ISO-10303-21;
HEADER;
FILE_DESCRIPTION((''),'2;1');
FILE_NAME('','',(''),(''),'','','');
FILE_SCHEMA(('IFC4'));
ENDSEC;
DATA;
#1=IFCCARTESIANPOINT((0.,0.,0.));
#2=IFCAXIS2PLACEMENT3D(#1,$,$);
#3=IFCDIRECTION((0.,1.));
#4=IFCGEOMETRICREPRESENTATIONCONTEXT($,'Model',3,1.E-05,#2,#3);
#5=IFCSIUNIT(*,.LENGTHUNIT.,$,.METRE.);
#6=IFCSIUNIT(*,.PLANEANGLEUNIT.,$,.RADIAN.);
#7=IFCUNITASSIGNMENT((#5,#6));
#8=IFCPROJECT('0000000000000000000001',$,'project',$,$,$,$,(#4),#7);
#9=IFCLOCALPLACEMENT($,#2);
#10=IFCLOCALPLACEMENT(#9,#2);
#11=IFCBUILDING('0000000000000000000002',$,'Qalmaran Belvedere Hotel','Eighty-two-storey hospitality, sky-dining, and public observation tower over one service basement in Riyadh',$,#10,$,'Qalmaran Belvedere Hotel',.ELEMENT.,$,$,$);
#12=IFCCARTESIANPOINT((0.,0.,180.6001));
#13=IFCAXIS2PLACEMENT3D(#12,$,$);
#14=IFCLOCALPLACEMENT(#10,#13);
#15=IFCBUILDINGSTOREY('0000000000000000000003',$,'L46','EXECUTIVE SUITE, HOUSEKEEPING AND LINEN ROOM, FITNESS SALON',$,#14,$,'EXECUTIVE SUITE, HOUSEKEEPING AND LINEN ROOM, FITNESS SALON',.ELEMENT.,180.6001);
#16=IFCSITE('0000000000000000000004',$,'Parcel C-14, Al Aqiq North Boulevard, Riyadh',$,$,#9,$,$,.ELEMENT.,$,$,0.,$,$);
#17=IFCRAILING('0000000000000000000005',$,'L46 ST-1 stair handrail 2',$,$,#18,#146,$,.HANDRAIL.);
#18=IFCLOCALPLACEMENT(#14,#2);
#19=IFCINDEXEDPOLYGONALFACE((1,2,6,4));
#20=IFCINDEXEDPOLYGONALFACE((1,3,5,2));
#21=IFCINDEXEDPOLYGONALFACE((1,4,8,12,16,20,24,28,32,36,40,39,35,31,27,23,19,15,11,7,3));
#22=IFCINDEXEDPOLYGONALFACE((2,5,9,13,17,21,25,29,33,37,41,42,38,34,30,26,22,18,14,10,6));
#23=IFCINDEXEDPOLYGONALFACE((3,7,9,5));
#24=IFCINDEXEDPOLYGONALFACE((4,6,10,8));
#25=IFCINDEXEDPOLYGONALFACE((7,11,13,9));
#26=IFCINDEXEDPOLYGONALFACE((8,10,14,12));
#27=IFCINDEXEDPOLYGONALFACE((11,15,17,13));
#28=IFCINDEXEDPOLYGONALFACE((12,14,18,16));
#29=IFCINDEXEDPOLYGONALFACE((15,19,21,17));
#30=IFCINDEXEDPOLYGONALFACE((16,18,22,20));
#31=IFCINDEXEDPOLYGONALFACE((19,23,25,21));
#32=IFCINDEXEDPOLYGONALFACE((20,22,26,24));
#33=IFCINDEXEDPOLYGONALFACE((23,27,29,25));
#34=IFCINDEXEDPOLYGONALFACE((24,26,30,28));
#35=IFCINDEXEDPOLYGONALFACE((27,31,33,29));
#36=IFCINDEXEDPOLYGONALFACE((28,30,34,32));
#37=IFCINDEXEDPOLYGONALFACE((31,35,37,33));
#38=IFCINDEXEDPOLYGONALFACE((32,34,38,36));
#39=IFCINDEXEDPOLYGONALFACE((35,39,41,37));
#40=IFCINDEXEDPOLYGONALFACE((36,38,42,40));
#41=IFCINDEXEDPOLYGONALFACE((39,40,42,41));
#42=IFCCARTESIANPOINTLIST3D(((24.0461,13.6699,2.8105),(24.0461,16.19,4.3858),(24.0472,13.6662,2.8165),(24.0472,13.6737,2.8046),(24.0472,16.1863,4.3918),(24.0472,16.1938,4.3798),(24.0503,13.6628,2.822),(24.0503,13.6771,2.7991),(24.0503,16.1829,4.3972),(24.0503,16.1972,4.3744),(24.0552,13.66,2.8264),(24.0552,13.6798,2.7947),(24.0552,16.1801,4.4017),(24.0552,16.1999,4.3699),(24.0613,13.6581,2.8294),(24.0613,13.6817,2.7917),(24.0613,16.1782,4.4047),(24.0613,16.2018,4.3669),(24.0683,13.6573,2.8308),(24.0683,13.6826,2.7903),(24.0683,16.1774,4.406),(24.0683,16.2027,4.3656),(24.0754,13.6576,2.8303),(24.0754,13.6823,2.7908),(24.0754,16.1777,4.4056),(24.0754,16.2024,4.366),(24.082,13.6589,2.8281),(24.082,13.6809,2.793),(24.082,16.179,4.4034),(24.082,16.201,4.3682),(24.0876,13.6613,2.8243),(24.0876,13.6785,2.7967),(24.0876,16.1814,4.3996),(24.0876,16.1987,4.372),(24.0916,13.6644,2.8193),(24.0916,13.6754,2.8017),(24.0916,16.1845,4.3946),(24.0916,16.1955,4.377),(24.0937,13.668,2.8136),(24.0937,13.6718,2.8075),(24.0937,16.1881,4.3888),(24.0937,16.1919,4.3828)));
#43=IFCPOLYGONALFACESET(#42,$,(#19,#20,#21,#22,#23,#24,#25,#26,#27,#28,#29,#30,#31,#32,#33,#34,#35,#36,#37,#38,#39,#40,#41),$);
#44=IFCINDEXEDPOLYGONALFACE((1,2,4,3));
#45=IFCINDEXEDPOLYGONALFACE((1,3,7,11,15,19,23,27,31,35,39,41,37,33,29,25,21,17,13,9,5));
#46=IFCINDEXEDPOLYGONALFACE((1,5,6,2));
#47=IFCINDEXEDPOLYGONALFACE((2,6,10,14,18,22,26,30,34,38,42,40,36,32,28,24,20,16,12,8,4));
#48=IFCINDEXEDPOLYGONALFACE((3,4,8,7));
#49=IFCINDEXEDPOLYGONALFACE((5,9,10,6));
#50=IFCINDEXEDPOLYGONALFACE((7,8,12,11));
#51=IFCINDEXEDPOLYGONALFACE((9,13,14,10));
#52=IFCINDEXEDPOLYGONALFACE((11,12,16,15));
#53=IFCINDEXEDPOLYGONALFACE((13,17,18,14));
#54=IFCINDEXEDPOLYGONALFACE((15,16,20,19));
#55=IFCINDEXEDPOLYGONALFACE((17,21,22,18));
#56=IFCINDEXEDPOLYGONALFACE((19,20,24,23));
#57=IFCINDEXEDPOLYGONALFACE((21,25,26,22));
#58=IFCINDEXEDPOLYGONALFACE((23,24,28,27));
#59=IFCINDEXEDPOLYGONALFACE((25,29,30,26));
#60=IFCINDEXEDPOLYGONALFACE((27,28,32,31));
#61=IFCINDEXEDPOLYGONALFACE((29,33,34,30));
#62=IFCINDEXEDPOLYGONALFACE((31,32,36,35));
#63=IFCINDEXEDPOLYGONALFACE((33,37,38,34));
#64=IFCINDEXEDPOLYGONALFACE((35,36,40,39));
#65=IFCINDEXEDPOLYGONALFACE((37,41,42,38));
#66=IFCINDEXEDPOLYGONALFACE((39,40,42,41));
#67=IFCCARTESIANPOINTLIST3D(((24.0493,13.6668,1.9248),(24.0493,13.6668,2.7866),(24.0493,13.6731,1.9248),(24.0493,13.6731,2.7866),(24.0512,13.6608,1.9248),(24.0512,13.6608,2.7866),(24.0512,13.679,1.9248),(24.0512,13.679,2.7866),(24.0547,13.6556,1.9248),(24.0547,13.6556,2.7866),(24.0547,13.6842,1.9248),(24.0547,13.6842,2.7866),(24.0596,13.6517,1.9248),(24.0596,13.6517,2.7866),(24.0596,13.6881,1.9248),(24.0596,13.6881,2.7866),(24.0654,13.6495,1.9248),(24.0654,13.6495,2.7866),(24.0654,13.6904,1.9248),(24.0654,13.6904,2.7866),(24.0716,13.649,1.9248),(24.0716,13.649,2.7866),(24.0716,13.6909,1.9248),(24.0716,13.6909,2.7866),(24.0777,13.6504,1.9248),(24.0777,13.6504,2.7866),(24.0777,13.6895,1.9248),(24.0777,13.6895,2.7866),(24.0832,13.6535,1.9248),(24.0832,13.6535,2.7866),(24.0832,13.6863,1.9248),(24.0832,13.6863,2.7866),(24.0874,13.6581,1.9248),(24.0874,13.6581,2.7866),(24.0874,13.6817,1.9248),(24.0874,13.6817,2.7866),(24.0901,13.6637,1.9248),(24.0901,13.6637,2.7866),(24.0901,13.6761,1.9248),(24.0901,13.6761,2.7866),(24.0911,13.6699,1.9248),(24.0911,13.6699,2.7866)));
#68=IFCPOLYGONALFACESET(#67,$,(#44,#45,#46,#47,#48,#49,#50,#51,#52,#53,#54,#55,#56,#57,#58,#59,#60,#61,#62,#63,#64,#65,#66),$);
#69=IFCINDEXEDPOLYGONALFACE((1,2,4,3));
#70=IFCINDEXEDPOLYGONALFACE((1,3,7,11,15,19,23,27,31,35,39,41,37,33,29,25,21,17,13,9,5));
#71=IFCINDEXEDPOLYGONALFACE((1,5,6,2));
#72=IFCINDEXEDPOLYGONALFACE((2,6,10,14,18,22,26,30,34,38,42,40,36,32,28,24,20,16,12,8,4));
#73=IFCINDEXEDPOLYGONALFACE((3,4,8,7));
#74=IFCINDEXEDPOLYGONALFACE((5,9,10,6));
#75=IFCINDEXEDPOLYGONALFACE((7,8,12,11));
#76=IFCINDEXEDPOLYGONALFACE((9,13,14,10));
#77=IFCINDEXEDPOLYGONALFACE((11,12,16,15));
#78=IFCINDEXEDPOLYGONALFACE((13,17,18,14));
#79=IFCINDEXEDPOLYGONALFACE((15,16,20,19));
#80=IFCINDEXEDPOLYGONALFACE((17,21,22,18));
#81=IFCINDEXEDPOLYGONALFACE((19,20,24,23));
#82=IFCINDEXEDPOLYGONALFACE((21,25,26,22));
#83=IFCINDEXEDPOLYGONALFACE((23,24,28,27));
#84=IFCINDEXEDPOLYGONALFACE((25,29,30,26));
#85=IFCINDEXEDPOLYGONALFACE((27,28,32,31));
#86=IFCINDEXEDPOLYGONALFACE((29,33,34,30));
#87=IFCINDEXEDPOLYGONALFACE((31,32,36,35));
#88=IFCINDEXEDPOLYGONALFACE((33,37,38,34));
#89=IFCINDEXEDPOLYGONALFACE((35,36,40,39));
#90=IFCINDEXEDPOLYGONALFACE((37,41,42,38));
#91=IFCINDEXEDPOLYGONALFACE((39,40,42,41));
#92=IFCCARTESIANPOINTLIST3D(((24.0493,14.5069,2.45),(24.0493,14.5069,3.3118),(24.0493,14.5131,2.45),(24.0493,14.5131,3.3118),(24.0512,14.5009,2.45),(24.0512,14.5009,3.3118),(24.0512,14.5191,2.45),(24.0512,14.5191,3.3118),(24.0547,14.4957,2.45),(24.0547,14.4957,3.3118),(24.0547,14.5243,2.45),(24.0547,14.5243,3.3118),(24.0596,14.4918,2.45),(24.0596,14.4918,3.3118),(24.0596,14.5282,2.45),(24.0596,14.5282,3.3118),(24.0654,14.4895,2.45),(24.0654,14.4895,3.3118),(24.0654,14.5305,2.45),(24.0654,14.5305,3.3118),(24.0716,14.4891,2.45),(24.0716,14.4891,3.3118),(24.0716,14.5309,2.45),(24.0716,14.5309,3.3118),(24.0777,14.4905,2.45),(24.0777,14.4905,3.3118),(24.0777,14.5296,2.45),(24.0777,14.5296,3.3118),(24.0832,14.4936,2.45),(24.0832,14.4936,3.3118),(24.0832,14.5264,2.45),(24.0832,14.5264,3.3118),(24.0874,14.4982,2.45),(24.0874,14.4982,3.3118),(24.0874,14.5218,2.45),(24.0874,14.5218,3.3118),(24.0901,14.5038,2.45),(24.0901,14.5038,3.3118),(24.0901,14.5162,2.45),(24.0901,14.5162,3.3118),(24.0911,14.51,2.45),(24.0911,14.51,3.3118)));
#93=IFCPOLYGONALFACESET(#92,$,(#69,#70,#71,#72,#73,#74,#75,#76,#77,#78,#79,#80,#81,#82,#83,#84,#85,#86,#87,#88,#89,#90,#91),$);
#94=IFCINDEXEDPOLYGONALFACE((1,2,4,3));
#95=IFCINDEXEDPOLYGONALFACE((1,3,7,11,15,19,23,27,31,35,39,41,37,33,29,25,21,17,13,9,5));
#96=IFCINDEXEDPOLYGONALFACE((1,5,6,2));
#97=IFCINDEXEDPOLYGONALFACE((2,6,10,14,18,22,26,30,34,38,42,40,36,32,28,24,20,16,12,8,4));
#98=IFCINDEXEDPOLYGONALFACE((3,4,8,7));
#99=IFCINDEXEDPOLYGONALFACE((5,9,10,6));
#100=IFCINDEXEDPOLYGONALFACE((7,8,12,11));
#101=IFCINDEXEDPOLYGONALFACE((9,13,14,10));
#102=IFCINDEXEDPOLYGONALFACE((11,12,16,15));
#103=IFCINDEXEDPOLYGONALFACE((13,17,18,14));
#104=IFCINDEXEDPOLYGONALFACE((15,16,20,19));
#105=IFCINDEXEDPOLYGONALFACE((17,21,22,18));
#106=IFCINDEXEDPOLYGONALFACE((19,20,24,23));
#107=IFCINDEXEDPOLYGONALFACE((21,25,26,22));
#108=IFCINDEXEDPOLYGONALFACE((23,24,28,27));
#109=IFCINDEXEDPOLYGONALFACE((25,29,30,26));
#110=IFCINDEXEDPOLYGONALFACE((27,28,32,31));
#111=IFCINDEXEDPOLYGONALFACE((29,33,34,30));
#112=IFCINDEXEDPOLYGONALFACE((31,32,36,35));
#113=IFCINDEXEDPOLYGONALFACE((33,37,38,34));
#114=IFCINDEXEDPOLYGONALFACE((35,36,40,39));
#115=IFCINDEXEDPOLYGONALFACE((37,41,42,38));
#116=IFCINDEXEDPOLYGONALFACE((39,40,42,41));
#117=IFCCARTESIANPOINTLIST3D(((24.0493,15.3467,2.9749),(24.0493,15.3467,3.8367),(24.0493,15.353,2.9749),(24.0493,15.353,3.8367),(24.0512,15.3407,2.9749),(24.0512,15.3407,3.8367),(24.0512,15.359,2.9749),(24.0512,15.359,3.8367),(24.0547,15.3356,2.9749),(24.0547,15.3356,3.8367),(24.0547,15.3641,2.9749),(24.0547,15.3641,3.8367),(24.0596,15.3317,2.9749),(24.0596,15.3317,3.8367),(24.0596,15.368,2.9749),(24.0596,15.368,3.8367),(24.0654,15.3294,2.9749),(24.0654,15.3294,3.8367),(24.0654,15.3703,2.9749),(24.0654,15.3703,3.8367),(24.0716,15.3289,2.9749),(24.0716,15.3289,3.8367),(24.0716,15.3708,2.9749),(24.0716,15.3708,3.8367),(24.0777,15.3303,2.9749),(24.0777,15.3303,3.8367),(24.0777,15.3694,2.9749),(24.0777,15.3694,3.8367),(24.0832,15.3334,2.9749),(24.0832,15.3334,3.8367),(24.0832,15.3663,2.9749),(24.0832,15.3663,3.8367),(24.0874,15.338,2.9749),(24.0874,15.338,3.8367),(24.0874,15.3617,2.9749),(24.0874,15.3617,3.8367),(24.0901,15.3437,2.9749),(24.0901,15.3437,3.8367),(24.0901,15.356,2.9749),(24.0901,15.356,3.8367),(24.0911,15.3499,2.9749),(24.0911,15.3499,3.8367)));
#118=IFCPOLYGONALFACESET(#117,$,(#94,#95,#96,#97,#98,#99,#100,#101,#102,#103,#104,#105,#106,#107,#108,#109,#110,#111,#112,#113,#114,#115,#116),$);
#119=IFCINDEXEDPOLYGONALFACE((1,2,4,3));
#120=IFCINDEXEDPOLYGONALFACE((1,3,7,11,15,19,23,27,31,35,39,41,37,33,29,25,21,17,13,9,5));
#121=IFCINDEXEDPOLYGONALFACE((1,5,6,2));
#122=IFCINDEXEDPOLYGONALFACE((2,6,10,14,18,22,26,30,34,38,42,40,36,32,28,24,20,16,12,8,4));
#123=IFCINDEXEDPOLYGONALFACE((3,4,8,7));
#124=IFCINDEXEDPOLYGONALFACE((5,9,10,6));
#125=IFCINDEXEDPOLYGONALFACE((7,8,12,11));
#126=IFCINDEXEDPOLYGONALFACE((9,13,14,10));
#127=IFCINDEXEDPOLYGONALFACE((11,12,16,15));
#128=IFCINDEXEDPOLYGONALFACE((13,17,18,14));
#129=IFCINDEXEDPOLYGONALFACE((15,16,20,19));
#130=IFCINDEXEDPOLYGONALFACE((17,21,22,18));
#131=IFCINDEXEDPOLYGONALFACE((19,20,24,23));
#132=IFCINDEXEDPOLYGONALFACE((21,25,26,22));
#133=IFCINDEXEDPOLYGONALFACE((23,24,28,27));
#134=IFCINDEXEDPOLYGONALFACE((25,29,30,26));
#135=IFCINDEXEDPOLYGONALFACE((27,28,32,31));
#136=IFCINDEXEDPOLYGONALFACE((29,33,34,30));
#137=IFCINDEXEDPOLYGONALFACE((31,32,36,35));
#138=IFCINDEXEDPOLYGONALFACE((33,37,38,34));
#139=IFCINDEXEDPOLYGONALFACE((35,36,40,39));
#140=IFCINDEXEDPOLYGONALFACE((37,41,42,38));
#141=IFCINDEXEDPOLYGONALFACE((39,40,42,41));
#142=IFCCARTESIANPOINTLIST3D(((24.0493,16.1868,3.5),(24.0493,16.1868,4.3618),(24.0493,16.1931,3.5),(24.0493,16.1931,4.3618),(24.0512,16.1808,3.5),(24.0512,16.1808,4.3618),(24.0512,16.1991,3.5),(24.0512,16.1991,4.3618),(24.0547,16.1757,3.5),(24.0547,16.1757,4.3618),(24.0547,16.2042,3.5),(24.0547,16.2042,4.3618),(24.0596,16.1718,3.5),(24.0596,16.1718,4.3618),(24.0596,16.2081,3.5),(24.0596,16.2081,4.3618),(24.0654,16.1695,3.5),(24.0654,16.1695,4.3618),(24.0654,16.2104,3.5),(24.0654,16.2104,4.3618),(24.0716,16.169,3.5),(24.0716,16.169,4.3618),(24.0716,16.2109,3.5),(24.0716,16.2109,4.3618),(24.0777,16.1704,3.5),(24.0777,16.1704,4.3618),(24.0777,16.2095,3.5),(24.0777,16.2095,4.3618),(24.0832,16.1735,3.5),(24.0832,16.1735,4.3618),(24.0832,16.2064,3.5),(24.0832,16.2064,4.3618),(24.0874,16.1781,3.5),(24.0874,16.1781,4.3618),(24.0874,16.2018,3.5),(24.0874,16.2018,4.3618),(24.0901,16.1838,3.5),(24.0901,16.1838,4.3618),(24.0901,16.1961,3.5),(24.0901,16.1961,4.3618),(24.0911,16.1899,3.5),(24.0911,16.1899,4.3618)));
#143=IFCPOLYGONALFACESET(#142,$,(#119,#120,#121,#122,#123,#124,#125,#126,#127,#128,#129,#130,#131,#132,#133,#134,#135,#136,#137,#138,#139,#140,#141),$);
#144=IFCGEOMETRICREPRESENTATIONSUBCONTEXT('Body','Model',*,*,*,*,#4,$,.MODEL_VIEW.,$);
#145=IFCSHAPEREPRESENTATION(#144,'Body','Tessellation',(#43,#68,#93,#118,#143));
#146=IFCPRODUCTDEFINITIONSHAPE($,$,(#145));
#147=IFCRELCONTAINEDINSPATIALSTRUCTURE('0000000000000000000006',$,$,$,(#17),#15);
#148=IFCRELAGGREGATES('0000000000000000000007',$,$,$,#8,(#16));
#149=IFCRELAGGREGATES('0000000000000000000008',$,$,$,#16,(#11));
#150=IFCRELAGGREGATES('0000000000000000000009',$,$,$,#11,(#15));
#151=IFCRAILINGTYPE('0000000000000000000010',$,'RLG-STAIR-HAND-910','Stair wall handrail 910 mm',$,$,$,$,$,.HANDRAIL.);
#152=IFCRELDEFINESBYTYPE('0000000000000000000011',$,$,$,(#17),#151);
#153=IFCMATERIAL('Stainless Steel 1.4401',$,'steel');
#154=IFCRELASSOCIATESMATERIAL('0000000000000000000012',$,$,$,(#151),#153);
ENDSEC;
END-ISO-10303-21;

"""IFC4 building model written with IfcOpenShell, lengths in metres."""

from ifc_helpers import new_model, si_unit, direction, frame, origin, origin_2d, place, context, subcontext, project, spatial, circle, extrude, material, type_object, element, save


model = new_model("IFC4")

# Units and contexts
model_context = context("Model", 3, precision=1e-05, world=origin(), true_north=direction((0.0, 1.0)))
body_context = subcontext(model_context, "Body", "Model", "MODEL_VIEW")
ifc_project = project(units=[si_unit("LENGTHUNIT", "METRE"), si_unit("PLANEANGLEUNIT", "RADIAN")], contexts=[model_context])

# Site, building, storey
site_placement = place(None, origin())
site = spatial("IfcSite", under=ifc_project, at=site_placement, Name="Parcel C-14, Al Aqiq North Boulevard, Riyadh", CompositionType="ELEMENT", RefElevation=0.0)
building_placement = place(site_placement, origin())
building = spatial("IfcBuilding", under=site, at=building_placement, Name="Qalmaran Belvedere Hotel", Description="Eighty-two-storey hospitality, sky-dining, and public observation tower over one service basement in Riyadh", LongName="Qalmaran Belvedere Hotel", CompositionType="ELEMENT")
storey_placement = place(building_placement, frame((0.0, 0.0, 180.6001)))
storey = spatial("IfcBuildingStorey", under=building, at=storey_placement, Name="L46", Description="EXECUTIVE SUITE, HOUSEKEEPING AND LINEN ROOM, FITNESS SALON", LongName="EXECUTIVE SUITE, HOUSEKEEPING AND LINEN ROOM, FITNESS SALON", CompositionType="ELEMENT", Elevation=180.6001)

# Railing
ifc_material_1 = material(Name="Stainless Steel 1.4401", Category="steel")
railing_type_1 = type_object("IfcRailingType", Name="RLG-STAIR-HAND-910", Description="Stair wall handrail 910 mm", PredefinedType="HANDRAIL", material=ifc_material_1)
railing_1_placement = place(storey_placement, frame((24.0701, 13.6699, 1.9248)))
element("IfcRailing", 1, at=railing_1_placement, inside=storey, type_object=railing_type_1, Name="L46 ST-1 stair handrail 2", PredefinedType="HANDRAIL", context=body_context, shape_type="SweptSolid", body=[
    extrude(circle(Radius=0.0239, at=origin_2d()), frame((0.0, 0.0, 0.8857), z_axis=(0.0, 0.847971, 0.530043), x_axis=(-1.0, 0.0, 0.0)), (0.0, 0.0, 1.0), 2.9719),
    extrude(circle(Radius=0.021, at=origin_2d()), origin(), (0.0, 0.0, 1.0), 0.8618),
    extrude(circle(Radius=0.021, at=origin_2d()), frame((0.0, 0.8401, 0.5251)), (0.0, 0.0, 1.0), 0.8618),
    extrude(circle(Radius=0.021, at=origin_2d()), frame((0.0, 1.6799, 1.05)), (0.0, 0.0, 1.0), 0.8618),
    extrude(circle(Radius=0.021, at=origin_2d()), frame((0.0, 2.52, 1.5752)), (0.0, 0.0, 1.0), 0.8618),
])

save(model, "model.ifc")
